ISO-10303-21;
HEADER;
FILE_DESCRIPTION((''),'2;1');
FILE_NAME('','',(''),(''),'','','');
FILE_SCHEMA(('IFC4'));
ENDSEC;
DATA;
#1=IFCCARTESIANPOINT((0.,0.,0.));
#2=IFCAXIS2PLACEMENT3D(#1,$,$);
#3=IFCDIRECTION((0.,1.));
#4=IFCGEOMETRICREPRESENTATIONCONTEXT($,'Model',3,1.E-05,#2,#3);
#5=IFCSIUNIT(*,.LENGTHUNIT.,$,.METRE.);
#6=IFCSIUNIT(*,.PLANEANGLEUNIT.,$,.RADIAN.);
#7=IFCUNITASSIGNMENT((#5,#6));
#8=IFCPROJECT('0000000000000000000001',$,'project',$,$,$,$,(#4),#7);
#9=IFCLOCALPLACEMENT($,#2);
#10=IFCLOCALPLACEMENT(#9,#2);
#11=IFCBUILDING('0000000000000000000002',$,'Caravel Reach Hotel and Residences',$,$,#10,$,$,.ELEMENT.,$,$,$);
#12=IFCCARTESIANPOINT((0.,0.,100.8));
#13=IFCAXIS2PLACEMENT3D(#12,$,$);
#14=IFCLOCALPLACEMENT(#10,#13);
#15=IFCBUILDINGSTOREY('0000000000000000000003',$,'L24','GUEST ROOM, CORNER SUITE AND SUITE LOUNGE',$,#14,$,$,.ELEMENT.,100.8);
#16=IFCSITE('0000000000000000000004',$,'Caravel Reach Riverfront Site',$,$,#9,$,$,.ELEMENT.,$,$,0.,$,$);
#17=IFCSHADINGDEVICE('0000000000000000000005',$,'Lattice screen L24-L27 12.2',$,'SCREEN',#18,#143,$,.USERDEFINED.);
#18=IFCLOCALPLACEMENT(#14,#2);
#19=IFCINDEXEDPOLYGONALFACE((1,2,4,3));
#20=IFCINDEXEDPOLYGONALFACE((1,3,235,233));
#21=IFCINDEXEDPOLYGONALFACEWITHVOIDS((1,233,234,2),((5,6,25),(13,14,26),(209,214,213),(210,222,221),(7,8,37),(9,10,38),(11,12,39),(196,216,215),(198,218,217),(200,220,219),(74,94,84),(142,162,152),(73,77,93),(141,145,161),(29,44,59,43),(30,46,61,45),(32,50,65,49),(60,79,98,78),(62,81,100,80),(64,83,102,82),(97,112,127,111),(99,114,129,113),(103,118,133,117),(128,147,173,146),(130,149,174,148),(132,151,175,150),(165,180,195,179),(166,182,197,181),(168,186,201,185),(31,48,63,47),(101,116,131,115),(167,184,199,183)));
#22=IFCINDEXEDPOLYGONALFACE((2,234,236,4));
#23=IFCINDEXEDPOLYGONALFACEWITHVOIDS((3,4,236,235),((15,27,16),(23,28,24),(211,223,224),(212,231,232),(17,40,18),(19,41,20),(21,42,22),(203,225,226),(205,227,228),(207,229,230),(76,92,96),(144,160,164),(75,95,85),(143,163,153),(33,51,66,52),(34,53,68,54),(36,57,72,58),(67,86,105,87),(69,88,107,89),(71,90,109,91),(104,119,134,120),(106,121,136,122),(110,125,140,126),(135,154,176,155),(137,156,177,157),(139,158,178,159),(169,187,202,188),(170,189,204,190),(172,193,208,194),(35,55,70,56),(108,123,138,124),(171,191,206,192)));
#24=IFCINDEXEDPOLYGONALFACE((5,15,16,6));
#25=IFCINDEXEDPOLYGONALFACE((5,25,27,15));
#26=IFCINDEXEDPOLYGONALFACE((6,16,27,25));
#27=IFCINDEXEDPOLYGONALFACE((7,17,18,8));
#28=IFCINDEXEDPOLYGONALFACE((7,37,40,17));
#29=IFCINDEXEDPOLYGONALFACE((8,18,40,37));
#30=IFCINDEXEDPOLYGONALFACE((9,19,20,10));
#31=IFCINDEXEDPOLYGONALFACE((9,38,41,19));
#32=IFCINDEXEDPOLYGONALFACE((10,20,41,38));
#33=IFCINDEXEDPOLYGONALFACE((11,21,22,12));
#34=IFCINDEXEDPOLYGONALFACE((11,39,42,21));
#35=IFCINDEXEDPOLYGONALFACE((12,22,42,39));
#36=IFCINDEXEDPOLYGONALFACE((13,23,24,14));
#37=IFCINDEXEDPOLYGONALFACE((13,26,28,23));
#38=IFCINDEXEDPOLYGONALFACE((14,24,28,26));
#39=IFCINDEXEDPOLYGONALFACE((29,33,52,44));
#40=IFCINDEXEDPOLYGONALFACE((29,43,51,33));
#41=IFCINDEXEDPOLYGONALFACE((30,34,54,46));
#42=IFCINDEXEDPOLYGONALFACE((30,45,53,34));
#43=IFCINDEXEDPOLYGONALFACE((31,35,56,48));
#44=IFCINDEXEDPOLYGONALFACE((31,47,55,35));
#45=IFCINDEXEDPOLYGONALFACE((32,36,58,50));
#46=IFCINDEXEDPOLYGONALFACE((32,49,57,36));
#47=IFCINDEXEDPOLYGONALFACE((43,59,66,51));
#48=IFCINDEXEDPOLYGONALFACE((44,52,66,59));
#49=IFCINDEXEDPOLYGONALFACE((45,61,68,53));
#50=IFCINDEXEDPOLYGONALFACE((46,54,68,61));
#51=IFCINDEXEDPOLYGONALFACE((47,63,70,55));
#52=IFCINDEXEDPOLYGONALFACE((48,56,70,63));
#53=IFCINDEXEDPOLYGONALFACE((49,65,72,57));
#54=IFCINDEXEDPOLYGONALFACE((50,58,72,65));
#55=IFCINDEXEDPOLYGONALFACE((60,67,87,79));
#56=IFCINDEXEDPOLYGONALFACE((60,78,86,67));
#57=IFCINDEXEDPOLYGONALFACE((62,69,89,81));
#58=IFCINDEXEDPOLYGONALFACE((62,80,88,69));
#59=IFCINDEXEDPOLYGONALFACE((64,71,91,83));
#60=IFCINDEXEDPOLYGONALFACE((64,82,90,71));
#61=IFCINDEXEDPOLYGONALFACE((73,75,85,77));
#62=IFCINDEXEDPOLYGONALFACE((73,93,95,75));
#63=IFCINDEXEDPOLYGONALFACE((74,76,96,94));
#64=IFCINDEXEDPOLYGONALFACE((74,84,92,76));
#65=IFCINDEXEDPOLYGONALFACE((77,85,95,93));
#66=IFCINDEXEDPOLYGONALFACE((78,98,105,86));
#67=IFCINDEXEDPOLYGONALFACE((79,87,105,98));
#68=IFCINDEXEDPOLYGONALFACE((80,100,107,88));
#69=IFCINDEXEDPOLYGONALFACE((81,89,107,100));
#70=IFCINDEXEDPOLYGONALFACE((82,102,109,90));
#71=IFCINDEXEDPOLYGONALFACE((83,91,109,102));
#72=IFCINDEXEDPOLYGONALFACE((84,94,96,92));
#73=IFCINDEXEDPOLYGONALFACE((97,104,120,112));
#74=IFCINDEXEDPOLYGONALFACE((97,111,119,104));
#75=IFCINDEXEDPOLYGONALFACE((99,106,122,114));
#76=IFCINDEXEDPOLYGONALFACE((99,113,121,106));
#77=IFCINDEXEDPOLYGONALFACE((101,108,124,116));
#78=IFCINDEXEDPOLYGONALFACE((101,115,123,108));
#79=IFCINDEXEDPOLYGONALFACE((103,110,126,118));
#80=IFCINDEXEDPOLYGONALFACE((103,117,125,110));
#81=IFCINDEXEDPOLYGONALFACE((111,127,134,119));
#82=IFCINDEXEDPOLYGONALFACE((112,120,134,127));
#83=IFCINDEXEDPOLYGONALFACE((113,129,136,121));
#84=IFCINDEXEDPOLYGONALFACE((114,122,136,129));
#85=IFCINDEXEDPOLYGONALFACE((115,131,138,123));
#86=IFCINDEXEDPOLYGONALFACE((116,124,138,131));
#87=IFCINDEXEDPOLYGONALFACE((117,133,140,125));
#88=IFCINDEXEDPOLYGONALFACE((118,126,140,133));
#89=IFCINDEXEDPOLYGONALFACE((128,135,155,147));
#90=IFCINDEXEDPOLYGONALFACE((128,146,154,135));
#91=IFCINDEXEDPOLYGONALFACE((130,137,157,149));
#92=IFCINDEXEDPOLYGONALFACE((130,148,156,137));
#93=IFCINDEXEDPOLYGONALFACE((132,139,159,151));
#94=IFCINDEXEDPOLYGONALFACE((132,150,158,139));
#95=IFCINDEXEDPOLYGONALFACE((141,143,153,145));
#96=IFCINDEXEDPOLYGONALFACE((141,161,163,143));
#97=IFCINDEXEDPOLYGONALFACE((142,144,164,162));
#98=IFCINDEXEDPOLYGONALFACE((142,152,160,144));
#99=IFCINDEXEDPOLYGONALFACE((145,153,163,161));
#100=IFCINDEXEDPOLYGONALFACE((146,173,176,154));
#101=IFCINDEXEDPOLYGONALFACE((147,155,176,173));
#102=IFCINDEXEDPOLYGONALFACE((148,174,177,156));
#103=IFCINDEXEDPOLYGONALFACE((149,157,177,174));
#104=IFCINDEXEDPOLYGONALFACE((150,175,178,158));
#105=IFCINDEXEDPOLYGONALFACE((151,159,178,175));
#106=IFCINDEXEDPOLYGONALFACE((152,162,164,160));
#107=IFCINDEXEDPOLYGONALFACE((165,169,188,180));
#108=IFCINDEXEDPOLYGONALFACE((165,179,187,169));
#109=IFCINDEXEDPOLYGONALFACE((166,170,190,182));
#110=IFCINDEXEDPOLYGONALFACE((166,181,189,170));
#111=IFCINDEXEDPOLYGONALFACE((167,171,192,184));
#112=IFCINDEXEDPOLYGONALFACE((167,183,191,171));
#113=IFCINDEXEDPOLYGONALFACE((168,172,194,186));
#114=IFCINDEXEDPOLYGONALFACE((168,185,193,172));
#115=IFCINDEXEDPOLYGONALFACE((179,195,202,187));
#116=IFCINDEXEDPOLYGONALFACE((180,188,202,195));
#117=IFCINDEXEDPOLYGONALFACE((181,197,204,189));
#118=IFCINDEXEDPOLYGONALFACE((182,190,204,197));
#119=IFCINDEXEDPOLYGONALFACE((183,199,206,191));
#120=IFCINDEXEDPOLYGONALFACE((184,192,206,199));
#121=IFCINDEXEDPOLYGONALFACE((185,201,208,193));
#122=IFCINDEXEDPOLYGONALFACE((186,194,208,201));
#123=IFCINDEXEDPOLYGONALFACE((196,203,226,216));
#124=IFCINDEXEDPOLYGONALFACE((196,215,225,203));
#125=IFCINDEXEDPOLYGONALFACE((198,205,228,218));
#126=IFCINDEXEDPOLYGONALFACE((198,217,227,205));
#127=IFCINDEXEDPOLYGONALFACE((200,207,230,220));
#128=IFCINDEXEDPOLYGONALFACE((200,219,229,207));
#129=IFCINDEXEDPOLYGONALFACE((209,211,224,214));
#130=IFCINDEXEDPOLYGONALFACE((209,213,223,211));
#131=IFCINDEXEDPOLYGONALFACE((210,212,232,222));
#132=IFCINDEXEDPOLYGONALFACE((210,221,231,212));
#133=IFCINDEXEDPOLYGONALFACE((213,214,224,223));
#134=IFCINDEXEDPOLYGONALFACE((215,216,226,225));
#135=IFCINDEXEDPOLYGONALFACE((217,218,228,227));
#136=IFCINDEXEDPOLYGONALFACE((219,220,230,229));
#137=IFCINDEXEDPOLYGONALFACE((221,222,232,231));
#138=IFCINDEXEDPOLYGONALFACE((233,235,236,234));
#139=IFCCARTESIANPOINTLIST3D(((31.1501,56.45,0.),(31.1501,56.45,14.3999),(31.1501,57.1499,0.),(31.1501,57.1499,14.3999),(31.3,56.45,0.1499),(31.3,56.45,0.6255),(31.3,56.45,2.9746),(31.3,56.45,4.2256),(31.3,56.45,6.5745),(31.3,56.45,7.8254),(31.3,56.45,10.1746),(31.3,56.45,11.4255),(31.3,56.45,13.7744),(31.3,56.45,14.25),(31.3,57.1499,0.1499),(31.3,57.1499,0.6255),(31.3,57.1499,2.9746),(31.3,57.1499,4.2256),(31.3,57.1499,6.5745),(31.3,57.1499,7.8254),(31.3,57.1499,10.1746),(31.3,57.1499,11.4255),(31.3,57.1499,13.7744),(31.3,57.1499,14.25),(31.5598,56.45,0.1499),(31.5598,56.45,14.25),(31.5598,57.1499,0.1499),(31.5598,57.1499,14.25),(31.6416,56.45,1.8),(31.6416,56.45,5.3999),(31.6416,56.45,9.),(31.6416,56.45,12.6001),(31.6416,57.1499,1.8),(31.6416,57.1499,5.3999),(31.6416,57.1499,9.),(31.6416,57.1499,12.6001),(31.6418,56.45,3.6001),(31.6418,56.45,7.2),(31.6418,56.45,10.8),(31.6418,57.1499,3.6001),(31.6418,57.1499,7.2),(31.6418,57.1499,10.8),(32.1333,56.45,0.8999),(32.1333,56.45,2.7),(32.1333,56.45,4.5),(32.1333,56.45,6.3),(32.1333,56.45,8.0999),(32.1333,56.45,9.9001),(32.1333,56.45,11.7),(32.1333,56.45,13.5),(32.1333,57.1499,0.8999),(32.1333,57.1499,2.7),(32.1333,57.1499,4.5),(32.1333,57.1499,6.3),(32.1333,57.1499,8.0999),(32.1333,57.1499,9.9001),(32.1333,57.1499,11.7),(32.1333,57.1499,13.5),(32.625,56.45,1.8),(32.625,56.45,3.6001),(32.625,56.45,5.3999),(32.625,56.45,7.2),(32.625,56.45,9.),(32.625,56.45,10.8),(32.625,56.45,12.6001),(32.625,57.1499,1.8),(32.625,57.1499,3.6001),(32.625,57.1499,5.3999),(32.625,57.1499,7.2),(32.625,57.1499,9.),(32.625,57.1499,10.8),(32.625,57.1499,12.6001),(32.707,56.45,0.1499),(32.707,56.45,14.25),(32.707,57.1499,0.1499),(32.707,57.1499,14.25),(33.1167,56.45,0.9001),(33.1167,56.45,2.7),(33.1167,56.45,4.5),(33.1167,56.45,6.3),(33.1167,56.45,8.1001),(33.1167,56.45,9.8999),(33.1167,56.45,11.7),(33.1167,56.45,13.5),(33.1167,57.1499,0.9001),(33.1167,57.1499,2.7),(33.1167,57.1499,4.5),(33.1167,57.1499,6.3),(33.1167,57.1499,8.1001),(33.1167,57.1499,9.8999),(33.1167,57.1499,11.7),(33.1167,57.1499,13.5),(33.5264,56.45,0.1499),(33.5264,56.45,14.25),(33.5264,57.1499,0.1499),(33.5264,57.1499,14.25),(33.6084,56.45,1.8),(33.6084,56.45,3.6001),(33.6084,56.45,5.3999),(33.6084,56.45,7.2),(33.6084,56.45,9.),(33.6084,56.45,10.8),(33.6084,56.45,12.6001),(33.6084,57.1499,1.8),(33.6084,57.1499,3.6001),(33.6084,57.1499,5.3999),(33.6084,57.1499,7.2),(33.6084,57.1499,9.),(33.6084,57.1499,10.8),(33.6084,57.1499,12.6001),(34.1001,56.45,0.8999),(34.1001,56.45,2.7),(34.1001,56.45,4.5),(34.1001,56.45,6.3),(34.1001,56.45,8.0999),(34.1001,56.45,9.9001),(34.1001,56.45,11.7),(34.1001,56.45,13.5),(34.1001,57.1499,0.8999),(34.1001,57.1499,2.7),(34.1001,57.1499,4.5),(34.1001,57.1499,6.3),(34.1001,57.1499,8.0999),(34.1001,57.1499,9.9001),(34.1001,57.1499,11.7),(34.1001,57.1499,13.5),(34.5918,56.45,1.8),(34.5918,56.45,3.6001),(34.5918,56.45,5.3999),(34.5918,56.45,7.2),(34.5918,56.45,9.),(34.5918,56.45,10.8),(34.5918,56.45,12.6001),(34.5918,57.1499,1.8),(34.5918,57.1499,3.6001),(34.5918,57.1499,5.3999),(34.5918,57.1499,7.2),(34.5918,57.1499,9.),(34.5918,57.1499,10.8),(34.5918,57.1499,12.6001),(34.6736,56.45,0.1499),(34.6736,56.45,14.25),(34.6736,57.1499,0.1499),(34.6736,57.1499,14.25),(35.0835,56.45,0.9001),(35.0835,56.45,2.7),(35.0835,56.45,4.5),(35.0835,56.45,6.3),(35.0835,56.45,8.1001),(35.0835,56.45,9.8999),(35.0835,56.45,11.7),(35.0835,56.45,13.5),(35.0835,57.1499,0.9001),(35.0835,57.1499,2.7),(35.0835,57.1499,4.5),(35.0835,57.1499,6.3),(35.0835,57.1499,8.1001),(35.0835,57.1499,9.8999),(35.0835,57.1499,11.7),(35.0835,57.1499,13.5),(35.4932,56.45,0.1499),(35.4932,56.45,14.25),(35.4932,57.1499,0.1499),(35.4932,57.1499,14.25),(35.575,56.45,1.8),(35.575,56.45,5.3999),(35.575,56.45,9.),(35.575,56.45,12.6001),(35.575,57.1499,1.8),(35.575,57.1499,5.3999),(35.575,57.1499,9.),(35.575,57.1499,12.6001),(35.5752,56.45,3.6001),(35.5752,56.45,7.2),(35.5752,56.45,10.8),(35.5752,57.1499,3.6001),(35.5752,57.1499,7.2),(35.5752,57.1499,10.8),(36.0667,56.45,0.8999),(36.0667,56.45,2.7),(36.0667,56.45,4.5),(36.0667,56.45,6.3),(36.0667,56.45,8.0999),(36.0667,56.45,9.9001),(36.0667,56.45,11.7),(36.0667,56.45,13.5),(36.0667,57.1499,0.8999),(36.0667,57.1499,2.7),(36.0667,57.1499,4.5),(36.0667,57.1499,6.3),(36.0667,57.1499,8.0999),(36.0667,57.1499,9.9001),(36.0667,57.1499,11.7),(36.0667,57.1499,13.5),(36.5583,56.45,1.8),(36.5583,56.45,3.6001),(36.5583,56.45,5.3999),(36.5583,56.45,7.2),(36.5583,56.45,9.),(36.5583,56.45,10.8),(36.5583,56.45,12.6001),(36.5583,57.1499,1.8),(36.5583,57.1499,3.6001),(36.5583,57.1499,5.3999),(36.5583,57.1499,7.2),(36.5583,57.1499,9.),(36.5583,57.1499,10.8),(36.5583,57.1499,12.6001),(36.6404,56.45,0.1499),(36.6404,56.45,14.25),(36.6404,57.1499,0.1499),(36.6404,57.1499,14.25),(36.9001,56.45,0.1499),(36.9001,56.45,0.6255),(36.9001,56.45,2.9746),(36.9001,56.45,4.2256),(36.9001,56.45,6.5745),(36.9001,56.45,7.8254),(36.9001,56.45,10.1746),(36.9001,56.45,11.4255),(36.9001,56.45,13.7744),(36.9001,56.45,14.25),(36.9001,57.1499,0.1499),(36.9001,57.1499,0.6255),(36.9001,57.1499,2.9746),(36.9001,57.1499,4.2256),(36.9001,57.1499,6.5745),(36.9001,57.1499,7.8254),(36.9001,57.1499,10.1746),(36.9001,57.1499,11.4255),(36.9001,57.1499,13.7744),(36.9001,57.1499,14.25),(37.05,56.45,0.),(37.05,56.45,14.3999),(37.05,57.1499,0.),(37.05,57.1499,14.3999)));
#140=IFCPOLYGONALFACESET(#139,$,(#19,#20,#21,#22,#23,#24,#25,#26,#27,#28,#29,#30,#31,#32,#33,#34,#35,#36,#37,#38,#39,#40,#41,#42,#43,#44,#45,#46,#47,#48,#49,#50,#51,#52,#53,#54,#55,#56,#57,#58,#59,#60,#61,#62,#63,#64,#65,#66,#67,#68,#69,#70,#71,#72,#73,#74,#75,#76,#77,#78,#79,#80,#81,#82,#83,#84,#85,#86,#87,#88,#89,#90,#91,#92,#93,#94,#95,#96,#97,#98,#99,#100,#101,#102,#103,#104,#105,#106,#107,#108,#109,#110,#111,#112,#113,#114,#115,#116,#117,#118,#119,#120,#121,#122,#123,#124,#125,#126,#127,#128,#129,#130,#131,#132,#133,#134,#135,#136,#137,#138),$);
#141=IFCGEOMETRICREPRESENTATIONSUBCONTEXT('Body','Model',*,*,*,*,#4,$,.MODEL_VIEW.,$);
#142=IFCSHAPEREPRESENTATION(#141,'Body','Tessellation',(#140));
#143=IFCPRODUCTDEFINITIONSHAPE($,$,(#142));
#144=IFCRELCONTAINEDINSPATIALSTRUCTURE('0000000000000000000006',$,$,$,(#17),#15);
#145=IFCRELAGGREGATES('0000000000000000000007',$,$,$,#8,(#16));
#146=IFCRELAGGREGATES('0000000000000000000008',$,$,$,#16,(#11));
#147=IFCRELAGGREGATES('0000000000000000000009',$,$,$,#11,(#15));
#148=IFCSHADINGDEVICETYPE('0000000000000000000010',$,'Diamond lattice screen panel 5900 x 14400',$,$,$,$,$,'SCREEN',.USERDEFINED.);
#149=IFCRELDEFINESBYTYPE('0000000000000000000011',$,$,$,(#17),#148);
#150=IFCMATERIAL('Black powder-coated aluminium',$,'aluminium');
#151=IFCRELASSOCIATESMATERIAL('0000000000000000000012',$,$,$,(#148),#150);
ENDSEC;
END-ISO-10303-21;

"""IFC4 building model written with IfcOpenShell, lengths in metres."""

from ifc_helpers import new_model, si_unit, direction, frame, origin, place, context, subcontext, project, spatial, polyline, outline, extrude, material, type_object, element, save


model = new_model("IFC4")

# Units and contexts
model_context = context("Model", 3, precision=1e-05, world=origin(), true_north=direction((0.0, 1.0)))
body_context = subcontext(model_context, "Body", "Model", "MODEL_VIEW")
ifc_project = project(units=[si_unit("LENGTHUNIT", "METRE"), si_unit("PLANEANGLEUNIT", "RADIAN")], contexts=[model_context])

# Site, building, storey
site_placement = place(None, origin())
site = spatial("IfcSite", under=ifc_project, at=site_placement, Name="Caravel Reach Riverfront Site", CompositionType="ELEMENT", RefElevation=0.0)
building_placement = place(site_placement, origin())
building = spatial("IfcBuilding", under=site, at=building_placement, Name="Caravel Reach Hotel and Residences", CompositionType="ELEMENT")
storey_placement = place(building_placement, frame((0.0, 0.0, 100.8)))
storey = spatial("IfcBuildingStorey", under=building, at=storey_placement, Name="L24", Description="GUEST ROOM, CORNER SUITE AND SUITE LOUNGE", CompositionType="ELEMENT", Elevation=100.8)

# Shading device
ifc_material_1 = material(Name="Black powder-coated aluminium", Category="aluminium")
shading_device_type_1 = type_object("IfcShadingDeviceType", Name="Diamond lattice screen panel 5900 x 14400", ElementType="SCREEN", PredefinedType="USERDEFINED", material=ifc_material_1)
shading_device_1_placement = place(storey_placement, frame((37.05, 56.45, 0.0), z_axis=(0.0, 1.0, 0.0), x_axis=(-1.0, 0.0, 0.0)))
element("IfcShadingDevice", 1, at=shading_device_1_placement, inside=storey, type_object=shading_device_type_1, Name="Lattice screen L24-L27 12.2", ObjectType="SCREEN", PredefinedType="USERDEFINED", context=body_context, shape_type="SweptSolid", body=[
    extrude(outline(polyline([(0.0, 0.0), (5.8999, 0.0), (5.8999, 14.3999), (0.0, 14.3999), (0.0, 0.0)]), holes=[polyline([(0.4097, 0.1499), (0.1499, 0.6255), (0.1499, 0.1499), (0.4097, 0.1499)]), polyline([(0.4917, 3.6001), (0.1499, 4.2256), (0.1499, 2.9746), (0.4917, 3.6001)]), polyline([(0.4917, 7.2), (0.1499, 7.8254), (0.1499, 6.5745), (0.4917, 7.2)]), polyline([(0.4917, 10.8), (0.1499, 11.4255), (0.1499, 10.1746), (0.4917, 10.8)]), polyline([(0.1499, 13.7744), (0.4097, 14.25), (0.1499, 14.25), (0.1499, 13.7744)]), polyline([(0.9834, 2.7), (0.4917, 1.8), (0.9834, 0.8999), (1.4751, 1.8), (0.9834, 2.7)]), polyline([(0.9834, 6.3), (0.4917, 5.3999), (0.9834, 4.5), (1.4751, 5.3999), (0.9834, 6.3)]), polyline([(0.9834, 9.9001), (0.4917, 9.0), (0.9834, 8.0999), (1.4751, 9.0), (0.9834, 9.9001)]), polyline([(0.9834, 13.5), (0.4917, 12.6001), (0.9834, 11.7), (1.4751, 12.6001), (0.9834, 13.5)]), polyline([(1.9666, 0.9001), (1.5569, 0.1499), (2.3765, 0.1499), (1.9666, 0.9001)]), polyline([(1.9666, 4.5), (1.4749, 3.6001), (1.9666, 2.7), (2.4583, 3.6001), (1.9666, 4.5)]), polyline([(1.9666, 8.1001), (1.4749, 7.2), (1.9666, 6.3), (2.4583, 7.2), (1.9666, 8.1001)]), polyline([(1.9666, 11.7), (1.4749, 10.8), (1.9666, 9.8999), (2.4583, 10.8), (1.9666, 11.7)]), polyline([(1.9666, 13.5), (2.3765, 14.25), (1.5569, 14.25), (1.9666, 13.5)]), polyline([(2.95, 2.7), (2.4583, 1.8), (2.95, 0.8999), (3.4417, 1.8), (2.95, 2.7)]), polyline([(2.95, 6.3), (2.4583, 5.3999), (2.95, 4.5), (3.4417, 5.3999), (2.95, 6.3)]), polyline([(2.95, 9.9001), (2.4583, 9.0), (2.95, 8.0999), (3.4417, 9.0), (2.95, 9.9001)]), polyline([(2.95, 13.5), (2.4583, 12.6001), (2.95, 11.7), (3.4417, 12.6001), (2.95, 13.5)]), polyline([(3.9333, 0.9001), (3.5237, 0.1499), (4.343, 0.1499), (3.9333, 0.9001)]), polyline([(3.9333, 4.5), (3.4417, 3.6001), (3.9333, 2.7), (4.425, 3.6001), (3.9333, 4.5)]), polyline([(3.9333, 8.1001), (3.4417, 7.2), (3.9333, 6.3), (4.425, 7.2), (3.9333, 8.1001)]), polyline([(3.9333, 11.7), (3.4417, 10.8), (3.9333, 9.8999), (4.425, 10.8), (3.9333, 11.7)]), polyline([(3.9333, 13.5), (4.343, 14.25), (3.5237, 14.25), (3.9333, 13.5)]), polyline([(4.9167, 2.7), (4.425, 1.8), (4.9167, 0.8999), (5.4084, 1.8), (4.9167, 2.7)]), polyline([(4.9167, 6.3), (4.425, 5.3999), (4.9167, 4.5), (5.4084, 5.3999), (4.9167, 6.3)]), polyline([(4.9167, 9.9001), (4.425, 9.0), (4.9167, 8.0999), (5.4084, 9.0), (4.9167, 9.9001)]), polyline([(4.9167, 13.5), (4.425, 12.6001), (4.9167, 11.7), (5.4084, 12.6001), (4.9167, 13.5)]), polyline([(5.75, 0.6255), (5.4902, 0.1499), (5.75, 0.1499), (5.75, 0.6255)]), polyline([(5.4082, 3.6001), (5.75, 2.9746), (5.75, 4.2256), (5.4082, 3.6001)]), polyline([(5.4082, 7.2), (5.75, 6.5745), (5.75, 7.8254), (5.4082, 7.2)]), polyline([(5.4082, 10.8), (5.75, 10.1746), (5.75, 11.4255), (5.4082, 10.8)]), polyline([(5.4902, 14.25), (5.75, 13.7744), (5.75, 14.25), (5.4902, 14.25)])]), origin(), (0.0, 0.0, 1.0), 0.7),
])

save(model, "model.ifc")
